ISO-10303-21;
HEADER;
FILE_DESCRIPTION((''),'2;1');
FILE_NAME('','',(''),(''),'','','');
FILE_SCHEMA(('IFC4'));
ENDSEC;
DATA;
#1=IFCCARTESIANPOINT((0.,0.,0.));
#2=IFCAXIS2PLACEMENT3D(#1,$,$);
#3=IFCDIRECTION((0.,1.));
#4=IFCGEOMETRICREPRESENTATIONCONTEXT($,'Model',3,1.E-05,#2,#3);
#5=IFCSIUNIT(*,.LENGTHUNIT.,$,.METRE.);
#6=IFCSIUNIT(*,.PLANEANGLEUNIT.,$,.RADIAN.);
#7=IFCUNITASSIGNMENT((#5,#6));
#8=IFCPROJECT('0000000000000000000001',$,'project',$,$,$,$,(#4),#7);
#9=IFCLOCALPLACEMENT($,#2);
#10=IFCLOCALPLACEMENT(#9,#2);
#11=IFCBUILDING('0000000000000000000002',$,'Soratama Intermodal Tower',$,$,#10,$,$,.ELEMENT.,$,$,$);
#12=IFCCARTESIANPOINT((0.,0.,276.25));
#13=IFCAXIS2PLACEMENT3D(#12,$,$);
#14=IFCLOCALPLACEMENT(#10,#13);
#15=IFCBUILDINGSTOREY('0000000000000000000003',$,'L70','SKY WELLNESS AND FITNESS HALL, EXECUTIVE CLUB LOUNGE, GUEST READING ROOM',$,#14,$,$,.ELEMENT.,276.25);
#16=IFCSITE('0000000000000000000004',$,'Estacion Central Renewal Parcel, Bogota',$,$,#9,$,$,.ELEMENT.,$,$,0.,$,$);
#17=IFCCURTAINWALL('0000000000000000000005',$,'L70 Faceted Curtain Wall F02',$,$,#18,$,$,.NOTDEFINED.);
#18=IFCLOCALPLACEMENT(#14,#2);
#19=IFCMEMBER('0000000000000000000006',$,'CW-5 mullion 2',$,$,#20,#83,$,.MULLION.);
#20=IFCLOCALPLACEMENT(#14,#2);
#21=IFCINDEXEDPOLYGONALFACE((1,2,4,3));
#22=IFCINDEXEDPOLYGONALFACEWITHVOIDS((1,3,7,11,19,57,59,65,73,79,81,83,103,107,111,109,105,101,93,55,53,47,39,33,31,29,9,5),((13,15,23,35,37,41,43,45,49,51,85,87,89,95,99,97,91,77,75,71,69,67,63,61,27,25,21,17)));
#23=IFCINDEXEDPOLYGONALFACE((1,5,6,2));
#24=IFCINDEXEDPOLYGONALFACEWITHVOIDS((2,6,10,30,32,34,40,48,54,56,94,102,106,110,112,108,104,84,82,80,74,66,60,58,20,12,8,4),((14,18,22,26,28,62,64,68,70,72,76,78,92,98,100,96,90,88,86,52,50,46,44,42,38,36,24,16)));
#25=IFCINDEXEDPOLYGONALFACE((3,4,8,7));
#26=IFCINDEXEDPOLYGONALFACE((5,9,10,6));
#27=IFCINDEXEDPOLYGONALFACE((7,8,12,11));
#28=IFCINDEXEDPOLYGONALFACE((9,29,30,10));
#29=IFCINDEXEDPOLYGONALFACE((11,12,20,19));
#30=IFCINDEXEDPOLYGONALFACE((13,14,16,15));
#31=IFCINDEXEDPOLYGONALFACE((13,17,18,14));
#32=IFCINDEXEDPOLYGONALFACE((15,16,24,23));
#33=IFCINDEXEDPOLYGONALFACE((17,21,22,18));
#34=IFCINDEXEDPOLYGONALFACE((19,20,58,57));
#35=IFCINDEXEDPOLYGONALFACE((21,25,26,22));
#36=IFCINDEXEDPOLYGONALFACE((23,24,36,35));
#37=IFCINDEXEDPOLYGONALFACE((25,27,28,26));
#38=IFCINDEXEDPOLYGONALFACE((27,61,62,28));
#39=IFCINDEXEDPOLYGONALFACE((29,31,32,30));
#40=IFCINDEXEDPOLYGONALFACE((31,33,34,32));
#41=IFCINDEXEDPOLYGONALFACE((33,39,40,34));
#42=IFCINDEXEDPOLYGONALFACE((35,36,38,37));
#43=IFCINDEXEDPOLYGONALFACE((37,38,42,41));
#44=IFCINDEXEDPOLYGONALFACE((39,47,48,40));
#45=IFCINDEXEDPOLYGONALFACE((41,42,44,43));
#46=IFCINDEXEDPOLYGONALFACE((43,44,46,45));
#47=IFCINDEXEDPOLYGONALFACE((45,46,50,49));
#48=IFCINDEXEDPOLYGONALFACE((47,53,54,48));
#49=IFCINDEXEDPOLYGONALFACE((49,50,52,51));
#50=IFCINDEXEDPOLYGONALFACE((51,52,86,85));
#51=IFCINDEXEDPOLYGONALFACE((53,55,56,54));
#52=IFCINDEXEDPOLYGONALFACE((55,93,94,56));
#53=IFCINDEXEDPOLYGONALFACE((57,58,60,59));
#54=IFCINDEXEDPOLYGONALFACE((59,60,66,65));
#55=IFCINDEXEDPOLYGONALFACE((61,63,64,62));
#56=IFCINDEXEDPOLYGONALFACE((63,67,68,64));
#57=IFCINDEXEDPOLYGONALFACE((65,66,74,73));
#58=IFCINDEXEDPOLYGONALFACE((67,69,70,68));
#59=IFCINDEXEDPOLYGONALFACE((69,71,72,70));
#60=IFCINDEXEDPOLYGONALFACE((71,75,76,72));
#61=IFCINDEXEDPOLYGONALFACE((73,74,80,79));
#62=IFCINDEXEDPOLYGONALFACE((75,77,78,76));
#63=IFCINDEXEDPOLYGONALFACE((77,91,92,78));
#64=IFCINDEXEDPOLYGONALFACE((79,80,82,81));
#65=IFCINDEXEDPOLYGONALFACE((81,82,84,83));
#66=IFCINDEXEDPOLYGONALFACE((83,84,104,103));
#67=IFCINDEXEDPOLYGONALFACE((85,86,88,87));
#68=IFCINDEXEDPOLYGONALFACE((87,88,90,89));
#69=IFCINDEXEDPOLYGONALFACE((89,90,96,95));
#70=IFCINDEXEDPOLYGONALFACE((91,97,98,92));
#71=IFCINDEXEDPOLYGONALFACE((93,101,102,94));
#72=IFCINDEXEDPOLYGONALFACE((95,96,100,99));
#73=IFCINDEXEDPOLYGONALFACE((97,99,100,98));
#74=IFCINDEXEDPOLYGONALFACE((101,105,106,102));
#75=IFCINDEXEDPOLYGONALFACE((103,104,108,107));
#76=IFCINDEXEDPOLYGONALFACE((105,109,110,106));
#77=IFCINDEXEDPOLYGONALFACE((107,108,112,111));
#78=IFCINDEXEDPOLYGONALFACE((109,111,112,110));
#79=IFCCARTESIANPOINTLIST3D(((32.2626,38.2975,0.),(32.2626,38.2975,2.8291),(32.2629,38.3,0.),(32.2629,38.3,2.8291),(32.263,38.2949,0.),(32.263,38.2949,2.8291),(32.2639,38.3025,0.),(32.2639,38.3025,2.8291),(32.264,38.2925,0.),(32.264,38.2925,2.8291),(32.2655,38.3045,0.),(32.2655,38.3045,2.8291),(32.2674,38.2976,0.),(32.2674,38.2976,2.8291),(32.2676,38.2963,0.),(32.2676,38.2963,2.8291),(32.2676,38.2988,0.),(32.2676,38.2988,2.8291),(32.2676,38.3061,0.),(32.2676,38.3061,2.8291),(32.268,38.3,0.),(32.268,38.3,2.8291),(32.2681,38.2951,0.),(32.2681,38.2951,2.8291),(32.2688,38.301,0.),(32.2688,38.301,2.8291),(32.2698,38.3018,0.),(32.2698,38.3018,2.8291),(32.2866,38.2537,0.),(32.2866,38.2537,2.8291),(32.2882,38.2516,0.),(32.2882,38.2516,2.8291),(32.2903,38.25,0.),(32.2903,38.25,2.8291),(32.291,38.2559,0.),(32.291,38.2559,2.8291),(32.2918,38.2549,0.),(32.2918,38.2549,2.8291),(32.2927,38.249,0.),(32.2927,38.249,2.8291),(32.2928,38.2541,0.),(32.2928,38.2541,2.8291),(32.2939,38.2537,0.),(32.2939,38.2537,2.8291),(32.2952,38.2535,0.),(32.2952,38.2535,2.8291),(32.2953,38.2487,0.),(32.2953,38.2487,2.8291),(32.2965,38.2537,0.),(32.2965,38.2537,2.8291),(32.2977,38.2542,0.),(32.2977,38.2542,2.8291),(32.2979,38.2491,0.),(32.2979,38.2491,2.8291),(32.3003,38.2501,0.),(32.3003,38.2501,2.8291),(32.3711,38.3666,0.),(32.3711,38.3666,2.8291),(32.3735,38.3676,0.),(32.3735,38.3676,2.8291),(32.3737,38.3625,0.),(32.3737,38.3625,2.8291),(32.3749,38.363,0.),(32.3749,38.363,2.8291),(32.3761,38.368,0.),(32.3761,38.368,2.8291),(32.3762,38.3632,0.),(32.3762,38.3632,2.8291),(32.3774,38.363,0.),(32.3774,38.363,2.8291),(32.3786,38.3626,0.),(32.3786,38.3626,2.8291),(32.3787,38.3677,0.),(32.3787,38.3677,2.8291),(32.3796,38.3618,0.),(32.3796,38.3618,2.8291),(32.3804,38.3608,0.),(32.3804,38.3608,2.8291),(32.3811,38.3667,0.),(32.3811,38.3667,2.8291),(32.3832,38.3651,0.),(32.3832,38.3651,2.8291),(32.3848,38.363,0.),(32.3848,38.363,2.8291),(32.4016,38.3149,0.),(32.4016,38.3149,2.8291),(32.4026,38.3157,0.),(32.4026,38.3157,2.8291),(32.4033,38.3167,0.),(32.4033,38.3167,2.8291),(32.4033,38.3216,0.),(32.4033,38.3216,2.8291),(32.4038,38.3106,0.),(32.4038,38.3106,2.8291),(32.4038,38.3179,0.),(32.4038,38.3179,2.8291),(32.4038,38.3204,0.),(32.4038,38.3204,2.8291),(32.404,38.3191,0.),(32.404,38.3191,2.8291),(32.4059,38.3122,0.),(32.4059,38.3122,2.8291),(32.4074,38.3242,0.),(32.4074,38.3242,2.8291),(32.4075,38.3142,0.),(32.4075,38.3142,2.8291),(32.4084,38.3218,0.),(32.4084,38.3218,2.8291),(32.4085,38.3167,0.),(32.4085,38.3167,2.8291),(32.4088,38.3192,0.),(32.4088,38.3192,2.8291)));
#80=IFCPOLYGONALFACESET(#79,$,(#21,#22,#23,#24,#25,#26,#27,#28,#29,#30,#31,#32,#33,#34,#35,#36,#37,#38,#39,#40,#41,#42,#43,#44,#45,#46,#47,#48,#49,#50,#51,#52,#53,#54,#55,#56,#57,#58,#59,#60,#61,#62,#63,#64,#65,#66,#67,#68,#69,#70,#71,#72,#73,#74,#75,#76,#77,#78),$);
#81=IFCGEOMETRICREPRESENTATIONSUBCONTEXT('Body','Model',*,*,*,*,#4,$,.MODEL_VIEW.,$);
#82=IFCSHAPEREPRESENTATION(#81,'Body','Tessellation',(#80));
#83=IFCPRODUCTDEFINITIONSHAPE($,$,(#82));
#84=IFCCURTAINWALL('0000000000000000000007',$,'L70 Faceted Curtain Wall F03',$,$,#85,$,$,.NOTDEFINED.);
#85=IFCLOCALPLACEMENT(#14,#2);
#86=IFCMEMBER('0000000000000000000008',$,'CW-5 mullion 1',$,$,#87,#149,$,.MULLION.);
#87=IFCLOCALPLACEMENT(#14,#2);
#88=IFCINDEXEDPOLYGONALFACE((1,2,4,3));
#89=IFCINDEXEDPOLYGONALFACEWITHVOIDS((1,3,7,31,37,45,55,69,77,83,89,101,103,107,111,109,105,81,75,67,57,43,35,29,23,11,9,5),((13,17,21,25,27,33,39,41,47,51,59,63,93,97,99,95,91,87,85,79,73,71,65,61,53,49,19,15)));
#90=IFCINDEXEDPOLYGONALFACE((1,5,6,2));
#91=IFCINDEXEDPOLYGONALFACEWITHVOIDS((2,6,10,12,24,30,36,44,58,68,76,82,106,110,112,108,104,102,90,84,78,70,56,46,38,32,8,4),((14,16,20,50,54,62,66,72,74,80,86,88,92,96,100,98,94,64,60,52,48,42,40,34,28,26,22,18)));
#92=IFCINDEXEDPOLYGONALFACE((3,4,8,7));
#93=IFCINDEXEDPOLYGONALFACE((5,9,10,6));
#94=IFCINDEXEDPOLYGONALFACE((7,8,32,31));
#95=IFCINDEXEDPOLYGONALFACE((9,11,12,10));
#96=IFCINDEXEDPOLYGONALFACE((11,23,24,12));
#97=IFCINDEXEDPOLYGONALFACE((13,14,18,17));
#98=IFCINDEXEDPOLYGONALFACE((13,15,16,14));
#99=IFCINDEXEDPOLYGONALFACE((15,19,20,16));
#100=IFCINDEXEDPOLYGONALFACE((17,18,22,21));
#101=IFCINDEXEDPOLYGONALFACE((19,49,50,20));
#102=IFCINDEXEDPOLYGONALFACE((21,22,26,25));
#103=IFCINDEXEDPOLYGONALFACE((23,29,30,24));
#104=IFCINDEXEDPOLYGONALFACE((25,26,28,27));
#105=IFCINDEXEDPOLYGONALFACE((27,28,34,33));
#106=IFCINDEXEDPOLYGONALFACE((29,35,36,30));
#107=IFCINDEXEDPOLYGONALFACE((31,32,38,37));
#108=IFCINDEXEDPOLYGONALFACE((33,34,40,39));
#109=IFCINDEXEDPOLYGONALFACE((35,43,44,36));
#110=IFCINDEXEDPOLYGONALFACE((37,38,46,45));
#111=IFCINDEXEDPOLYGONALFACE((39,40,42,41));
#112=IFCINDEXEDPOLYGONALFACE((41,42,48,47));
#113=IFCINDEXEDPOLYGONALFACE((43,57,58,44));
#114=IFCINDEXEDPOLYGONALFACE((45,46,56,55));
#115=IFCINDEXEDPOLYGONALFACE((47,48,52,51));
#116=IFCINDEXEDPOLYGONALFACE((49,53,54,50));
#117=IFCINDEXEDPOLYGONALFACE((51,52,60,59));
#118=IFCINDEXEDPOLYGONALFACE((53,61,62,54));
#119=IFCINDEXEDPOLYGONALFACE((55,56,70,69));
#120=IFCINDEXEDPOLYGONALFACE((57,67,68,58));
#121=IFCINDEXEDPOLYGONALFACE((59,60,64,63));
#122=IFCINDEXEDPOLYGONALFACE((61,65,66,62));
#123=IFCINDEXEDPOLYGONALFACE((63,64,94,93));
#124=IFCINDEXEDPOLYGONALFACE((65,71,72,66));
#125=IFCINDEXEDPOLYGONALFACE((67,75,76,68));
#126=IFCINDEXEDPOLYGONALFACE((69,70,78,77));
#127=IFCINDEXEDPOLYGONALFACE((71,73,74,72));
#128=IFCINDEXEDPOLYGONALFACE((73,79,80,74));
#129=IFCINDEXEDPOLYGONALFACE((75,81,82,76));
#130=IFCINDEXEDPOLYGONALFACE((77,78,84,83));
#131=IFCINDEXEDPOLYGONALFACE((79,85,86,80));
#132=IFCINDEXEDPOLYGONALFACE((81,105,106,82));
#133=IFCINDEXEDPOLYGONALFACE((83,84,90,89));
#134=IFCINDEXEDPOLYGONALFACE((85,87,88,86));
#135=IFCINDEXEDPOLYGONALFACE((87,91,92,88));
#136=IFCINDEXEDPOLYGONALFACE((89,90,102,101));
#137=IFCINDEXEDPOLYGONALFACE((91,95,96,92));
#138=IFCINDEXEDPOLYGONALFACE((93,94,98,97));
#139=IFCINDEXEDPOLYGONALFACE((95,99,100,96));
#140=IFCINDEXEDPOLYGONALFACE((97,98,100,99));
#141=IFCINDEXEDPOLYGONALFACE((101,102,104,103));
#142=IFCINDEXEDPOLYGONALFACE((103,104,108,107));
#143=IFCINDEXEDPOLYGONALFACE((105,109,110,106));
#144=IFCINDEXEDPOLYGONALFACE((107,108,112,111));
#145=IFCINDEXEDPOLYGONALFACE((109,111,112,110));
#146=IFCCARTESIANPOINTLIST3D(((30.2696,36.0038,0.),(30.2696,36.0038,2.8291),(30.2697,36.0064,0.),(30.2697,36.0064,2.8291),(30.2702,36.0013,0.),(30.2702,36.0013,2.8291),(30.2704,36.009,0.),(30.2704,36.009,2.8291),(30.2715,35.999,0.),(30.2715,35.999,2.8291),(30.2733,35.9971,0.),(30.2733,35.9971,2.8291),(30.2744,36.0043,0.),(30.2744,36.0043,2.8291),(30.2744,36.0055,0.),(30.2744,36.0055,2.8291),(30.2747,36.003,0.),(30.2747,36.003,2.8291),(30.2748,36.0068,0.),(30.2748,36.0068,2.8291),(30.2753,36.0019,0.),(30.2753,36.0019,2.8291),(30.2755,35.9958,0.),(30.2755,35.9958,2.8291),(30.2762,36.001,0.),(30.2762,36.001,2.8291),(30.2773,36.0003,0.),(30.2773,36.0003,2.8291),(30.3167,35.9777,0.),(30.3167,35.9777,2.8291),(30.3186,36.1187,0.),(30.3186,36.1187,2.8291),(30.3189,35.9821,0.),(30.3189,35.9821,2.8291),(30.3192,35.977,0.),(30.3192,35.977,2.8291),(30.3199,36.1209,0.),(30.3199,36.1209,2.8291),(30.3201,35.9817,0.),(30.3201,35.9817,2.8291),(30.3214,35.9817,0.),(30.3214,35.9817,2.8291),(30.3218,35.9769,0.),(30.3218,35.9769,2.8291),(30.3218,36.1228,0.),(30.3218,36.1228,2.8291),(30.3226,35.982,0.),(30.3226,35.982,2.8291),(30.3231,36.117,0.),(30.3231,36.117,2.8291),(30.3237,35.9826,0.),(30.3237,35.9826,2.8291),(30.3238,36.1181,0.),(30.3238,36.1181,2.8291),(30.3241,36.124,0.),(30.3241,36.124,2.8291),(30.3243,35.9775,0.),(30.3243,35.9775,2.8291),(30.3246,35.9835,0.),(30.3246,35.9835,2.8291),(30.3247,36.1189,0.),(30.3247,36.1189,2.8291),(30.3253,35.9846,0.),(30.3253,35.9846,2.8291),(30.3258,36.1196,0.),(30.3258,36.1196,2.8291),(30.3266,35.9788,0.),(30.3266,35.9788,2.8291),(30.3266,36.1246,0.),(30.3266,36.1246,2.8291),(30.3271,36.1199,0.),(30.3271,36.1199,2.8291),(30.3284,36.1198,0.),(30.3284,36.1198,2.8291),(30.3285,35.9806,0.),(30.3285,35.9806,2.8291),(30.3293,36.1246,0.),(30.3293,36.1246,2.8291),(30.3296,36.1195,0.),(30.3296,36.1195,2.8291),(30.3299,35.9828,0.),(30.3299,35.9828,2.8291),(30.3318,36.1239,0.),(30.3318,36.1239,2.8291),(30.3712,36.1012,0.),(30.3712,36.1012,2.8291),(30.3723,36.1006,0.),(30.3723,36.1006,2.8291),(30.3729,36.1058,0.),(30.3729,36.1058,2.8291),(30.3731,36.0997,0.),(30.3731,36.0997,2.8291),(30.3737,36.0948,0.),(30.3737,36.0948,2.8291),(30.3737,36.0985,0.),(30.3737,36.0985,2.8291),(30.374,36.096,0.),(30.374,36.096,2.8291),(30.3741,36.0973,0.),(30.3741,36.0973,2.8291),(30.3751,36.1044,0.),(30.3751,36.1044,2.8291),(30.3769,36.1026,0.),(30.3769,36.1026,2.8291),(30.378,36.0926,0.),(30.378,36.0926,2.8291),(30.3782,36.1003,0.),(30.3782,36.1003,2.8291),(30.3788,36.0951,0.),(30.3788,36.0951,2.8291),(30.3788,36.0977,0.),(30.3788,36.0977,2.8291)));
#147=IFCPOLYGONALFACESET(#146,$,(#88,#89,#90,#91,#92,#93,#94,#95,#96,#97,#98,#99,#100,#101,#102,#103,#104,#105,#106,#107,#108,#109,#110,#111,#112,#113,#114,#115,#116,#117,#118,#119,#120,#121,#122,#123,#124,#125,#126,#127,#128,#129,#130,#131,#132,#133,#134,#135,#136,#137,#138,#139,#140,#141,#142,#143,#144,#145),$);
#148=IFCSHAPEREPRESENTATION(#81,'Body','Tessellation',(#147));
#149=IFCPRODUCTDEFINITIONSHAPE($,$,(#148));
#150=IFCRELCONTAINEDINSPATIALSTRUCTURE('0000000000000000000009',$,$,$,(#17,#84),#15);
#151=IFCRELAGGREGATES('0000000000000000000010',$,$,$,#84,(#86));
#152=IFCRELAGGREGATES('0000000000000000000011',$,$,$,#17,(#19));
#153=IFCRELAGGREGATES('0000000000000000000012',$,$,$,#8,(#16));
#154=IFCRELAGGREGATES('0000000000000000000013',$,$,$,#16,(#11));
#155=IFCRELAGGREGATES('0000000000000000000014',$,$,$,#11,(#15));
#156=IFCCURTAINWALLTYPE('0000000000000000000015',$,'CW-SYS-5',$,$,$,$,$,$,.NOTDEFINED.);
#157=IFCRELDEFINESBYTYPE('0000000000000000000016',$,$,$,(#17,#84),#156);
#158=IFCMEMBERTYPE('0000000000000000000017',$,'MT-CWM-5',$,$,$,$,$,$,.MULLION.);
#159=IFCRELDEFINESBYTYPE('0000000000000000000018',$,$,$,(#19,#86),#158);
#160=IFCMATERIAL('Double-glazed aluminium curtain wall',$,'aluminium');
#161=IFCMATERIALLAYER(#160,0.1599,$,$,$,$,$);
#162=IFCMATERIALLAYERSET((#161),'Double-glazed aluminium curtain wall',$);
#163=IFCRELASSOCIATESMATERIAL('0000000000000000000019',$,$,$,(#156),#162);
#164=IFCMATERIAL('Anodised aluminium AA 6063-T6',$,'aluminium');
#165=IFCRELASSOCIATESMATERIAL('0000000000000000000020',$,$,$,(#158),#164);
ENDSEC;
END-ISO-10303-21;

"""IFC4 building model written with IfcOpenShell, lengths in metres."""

from ifc_helpers import new_model, si_unit, direction, frame, origin, origin_2d, place, context, subcontext, project, spatial, hollow_rectangle, extrude, material, layer, layer_set, material_profile, profile_set, type_object, element, aggregate, save


model = new_model("IFC4")

# Units and contexts
model_context = context("Model", 3, precision=1e-05, world=origin(), true_north=direction((0.0, 1.0)))
body_context = subcontext(model_context, "Body", "Model", "MODEL_VIEW")
ifc_project = project(units=[si_unit("LENGTHUNIT", "METRE"), si_unit("PLANEANGLEUNIT", "RADIAN")], contexts=[model_context])

# Site, building, storey
site_placement = place(None, origin())
site = spatial("IfcSite", under=ifc_project, at=site_placement, Name="Estacion Central Renewal Parcel, Bogota", CompositionType="ELEMENT", RefElevation=0.0)
building_placement = place(site_placement, origin())
building = spatial("IfcBuilding", under=site, at=building_placement, Name="Soratama Intermodal Tower", CompositionType="ELEMENT")
storey_placement = place(building_placement, frame((0.0, 0.0, 276.25)))
storey = spatial("IfcBuildingStorey", under=building, at=storey_placement, Name="L70", Description="SKY WELLNESS AND FITNESS HALL, EXECUTIVE CLUB LOUNGE, GUEST READING ROOM", CompositionType="ELEMENT", Elevation=276.25)

# Curtain wall, member
ifc_material_1 = material(Name="Double-glazed aluminium curtain wall", Category="aluminium")
ifc_layer_1 = layer(ifc_material_1, 0.1599)
ifc_layer_set_1 = layer_set([ifc_layer_1], Name="Double-glazed aluminium curtain wall")
curtain_wall_type = type_object("IfcCurtainWallType", Name="CW-SYS-5", PredefinedType="NOTDEFINED", material=ifc_layer_set_1)
curtain_wall_1_placement = place(storey_placement, origin())
curtain_wall_1 = element("IfcCurtainWall", 1, at=curtain_wall_1_placement, inside=storey, type_object=curtain_wall_type, Name="L70 Faceted Curtain Wall F02", PredefinedType="NOTDEFINED")
ifc_material_2 = material(Name="Anodised aluminium AA 6063-T6", Category="aluminium")
ifc_material_profile_1 = material_profile(ifc_material_2, hollow_rectangle(XDim=0.0649, YDim=0.1399, WallThickness=0.0049, InnerFilletRadius=0.0049, OuterFilletRadius=0.01, at=origin_2d()), Name="CWM140X65X5")
ifc_profile_set_1 = profile_set([ifc_material_profile_1], Name="Anodised aluminium AA 6063-T6")
member_type_1 = type_object("IfcMemberType", Name="MT-CWM-5", PredefinedType="MULLION", material=ifc_profile_set_1)
member_1_placement = place(storey_placement, frame((32.3357, 38.3083, 0.0), z_axis=(0.0, 0.0, 1.0), x_axis=(0.504528, -0.863395, 0.0)))
member_1 = element("IfcMember", 2, at=member_1_placement, type_object=member_type_1, Name="CW-5 mullion 2", PredefinedType="MULLION", context=body_context, shape_type="SweptSolid", body=[
    extrude(hollow_rectangle(XDim=0.0649, YDim=0.1399, WallThickness=0.0049, InnerFilletRadius=0.0049, OuterFilletRadius=0.01, at=origin_2d()), origin(), (0.0, 0.0, 1.0), 2.8291),
])

# Curtain wall, member
curtain_wall_2_placement = place(storey_placement, origin())
curtain_wall_2 = element("IfcCurtainWall", 3, at=curtain_wall_2_placement, inside=storey, type_object=curtain_wall_type, Name="L70 Faceted Curtain Wall F03", PredefinedType="NOTDEFINED")
member_2_placement = place(storey_placement, frame((30.3242, 36.0508, 0.0), z_axis=(0.0, 0.0, 1.0), x_axis=(0.915661, -0.401952, 0.0)))
member_2 = element("IfcMember", 4, at=member_2_placement, type_object=member_type_1, Name="CW-5 mullion 1", PredefinedType="MULLION", context=body_context, shape_type="SweptSolid", body=[
    extrude(hollow_rectangle(XDim=0.0649, YDim=0.1399, WallThickness=0.0049, InnerFilletRadius=0.0049, OuterFilletRadius=0.01, at=origin_2d()), origin(), (0.0, 0.0, 1.0), 2.8291),
])

aggregate(curtain_wall_2, [member_2])

aggregate(curtain_wall_1, [member_1])

save(model, "model.ifc")
